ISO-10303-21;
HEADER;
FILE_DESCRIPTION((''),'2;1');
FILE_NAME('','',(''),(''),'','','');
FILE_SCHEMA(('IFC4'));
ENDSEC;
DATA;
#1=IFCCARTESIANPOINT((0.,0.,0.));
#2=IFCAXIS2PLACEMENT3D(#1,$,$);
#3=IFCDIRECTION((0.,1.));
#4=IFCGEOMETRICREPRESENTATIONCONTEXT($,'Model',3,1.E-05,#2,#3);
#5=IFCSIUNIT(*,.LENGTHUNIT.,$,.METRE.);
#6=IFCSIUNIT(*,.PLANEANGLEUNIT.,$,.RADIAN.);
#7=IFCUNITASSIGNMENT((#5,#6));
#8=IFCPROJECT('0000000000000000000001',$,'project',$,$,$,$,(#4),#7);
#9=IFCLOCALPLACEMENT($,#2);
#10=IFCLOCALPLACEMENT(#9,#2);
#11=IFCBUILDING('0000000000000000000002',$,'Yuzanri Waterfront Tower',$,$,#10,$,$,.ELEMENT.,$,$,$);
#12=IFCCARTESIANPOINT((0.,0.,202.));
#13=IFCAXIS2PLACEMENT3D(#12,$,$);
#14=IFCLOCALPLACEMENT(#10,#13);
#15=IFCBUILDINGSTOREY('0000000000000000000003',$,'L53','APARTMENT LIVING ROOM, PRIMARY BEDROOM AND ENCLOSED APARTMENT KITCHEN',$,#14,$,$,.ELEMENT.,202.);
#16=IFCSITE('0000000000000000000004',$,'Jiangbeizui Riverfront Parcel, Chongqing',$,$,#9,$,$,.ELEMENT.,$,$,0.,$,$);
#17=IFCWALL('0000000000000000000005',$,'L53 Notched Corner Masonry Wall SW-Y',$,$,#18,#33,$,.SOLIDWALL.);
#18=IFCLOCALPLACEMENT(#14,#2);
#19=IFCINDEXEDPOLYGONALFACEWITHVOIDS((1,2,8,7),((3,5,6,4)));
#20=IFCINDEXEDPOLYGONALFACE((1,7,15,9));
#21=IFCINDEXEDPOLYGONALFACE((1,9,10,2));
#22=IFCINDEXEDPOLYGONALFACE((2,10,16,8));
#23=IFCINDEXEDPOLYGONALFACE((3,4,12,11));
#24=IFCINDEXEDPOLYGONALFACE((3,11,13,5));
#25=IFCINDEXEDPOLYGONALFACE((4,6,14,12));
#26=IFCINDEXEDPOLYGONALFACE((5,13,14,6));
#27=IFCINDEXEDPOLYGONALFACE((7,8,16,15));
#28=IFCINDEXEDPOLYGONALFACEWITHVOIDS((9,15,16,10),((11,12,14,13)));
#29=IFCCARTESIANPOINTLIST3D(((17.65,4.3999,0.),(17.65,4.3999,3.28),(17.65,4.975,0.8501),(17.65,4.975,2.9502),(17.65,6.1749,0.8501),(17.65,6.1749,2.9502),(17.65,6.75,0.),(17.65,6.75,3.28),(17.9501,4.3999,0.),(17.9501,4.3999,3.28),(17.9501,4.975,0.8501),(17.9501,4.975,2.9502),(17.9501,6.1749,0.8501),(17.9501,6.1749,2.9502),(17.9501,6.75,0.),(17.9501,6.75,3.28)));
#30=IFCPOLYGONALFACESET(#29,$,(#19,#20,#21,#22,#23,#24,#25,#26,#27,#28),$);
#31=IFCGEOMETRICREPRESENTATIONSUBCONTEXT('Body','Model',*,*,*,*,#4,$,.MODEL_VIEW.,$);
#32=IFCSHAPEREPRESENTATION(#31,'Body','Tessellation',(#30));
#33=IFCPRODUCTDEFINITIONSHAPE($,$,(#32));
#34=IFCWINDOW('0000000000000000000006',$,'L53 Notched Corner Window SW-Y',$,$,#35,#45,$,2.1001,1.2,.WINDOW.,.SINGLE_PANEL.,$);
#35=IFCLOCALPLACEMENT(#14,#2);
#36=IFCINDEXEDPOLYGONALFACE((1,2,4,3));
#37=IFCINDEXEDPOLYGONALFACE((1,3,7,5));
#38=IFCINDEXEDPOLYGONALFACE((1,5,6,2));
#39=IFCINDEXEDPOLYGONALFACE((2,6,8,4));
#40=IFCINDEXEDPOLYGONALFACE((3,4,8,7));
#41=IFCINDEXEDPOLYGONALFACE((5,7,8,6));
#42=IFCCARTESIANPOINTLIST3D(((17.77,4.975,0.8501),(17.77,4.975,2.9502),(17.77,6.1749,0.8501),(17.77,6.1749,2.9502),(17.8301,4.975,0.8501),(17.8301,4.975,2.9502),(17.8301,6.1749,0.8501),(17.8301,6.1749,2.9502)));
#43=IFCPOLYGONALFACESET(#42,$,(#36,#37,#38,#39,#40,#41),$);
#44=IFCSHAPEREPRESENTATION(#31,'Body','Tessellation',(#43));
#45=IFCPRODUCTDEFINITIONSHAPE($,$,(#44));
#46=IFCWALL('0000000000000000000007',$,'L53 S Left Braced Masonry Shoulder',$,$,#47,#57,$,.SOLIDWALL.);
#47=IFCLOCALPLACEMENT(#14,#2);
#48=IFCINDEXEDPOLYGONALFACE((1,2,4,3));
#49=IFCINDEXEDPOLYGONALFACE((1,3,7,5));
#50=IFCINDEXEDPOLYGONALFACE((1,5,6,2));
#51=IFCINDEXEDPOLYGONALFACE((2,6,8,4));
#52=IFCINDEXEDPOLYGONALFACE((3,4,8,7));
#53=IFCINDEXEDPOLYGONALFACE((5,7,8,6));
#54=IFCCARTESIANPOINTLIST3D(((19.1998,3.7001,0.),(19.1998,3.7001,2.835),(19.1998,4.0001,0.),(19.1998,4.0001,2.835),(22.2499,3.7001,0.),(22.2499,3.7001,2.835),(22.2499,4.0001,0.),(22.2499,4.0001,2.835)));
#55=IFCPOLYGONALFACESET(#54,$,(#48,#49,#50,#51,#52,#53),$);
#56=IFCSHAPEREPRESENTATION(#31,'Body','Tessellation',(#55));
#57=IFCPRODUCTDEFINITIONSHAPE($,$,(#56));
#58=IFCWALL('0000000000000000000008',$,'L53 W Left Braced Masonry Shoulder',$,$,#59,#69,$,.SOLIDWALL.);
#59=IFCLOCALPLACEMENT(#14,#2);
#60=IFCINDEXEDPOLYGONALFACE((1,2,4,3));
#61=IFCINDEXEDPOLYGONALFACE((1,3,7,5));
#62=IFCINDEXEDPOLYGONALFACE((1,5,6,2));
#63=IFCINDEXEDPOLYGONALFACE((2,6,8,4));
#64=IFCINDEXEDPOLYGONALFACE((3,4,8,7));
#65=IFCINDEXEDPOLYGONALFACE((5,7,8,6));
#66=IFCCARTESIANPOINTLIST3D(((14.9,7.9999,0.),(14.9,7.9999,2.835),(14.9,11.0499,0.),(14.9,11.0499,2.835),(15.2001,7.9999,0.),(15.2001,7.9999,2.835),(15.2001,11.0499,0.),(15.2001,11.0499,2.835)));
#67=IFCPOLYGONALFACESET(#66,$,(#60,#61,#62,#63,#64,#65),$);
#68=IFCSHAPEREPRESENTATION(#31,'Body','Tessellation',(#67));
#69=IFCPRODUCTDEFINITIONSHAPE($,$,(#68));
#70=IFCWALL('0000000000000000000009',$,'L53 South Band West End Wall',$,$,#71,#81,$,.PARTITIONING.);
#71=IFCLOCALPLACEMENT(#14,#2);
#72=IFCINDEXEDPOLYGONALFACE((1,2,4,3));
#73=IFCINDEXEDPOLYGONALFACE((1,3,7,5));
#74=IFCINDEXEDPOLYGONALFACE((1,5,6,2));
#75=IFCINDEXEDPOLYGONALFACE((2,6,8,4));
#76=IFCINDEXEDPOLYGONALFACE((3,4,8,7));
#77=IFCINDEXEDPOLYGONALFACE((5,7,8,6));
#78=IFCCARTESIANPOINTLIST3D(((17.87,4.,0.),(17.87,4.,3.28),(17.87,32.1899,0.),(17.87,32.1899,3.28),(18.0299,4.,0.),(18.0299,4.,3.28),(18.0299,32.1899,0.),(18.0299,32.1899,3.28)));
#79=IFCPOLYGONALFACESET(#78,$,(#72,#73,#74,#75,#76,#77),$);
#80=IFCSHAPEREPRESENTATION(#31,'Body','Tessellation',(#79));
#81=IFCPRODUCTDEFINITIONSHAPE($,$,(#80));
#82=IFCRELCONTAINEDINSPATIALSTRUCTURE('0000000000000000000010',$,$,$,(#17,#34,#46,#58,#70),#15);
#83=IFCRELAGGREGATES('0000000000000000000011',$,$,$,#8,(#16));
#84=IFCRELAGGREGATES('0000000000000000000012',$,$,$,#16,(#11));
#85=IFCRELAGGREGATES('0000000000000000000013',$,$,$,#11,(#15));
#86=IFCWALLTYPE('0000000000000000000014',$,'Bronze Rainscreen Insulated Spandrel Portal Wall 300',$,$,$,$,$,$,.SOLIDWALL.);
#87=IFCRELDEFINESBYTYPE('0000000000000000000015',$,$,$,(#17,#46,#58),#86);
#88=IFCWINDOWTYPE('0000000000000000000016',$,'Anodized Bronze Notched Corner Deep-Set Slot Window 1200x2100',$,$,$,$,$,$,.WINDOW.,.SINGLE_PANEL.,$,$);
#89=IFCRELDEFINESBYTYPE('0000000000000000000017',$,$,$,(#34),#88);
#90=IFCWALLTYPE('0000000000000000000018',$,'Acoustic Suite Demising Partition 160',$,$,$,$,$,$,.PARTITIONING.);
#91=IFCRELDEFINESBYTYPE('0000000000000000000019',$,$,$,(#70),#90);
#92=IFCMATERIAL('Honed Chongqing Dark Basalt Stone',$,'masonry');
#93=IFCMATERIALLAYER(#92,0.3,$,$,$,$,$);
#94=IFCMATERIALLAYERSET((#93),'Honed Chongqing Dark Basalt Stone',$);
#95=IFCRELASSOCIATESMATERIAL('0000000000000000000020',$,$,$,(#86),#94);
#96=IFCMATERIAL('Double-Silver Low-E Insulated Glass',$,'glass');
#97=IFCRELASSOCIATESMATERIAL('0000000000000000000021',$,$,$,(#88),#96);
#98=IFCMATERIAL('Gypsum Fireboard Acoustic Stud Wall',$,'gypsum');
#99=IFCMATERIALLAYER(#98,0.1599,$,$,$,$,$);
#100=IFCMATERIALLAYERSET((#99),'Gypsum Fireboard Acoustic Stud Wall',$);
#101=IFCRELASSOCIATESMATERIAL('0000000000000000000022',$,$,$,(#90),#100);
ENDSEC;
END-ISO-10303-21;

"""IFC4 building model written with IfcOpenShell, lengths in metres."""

from ifc_helpers import new_model, si_unit, direction, frame, frame_2d, origin, place, context, subcontext, project, spatial, rectangle, extrude, source, transform, mapped, material, layer, layer_set, type_object, element, fill, save


model = new_model("IFC4")

# Units and contexts
model_context = context("Model", 3, precision=1e-05, world=origin(), true_north=direction((0.0, 1.0)))
body_context = subcontext(model_context, "Body", "Model", "MODEL_VIEW")
ifc_project = project(units=[si_unit("LENGTHUNIT", "METRE"), si_unit("PLANEANGLEUNIT", "RADIAN")], contexts=[model_context])

# Site, building, storey
site_placement = place(None, origin())
site = spatial("IfcSite", under=ifc_project, at=site_placement, Name="Jiangbeizui Riverfront Parcel, Chongqing", CompositionType="ELEMENT", RefElevation=0.0)
building_placement = place(site_placement, origin())
building = spatial("IfcBuilding", under=site, at=building_placement, Name="Yuzanri Waterfront Tower", CompositionType="ELEMENT")
storey_placement = place(building_placement, frame((0.0, 0.0, 202.0)))
storey = spatial("IfcBuildingStorey", under=building, at=storey_placement, Name="L53", Description="APARTMENT LIVING ROOM, PRIMARY BEDROOM AND ENCLOSED APARTMENT KITCHEN", CompositionType="ELEMENT", Elevation=202.0)

# Wall, opening, window
ifc_material_1 = material(Name="Honed Chongqing Dark Basalt Stone", Category="masonry")
ifc_layer_1 = layer(ifc_material_1, 0.3)
ifc_layer_set_1 = layer_set([ifc_layer_1], Name="Honed Chongqing Dark Basalt Stone")
wall_type_1 = type_object("IfcWallType", Name="Bronze Rainscreen Insulated Spandrel Portal Wall 300", PredefinedType="SOLIDWALL", material=ifc_layer_set_1)
wall_1_placement = place(storey_placement, frame((17.8, 6.75, 0.0), z_axis=(0.0, 0.0, 1.0), x_axis=(0.0, -1.0, 0.0)))
wall_1 = element("IfcWall", 1, at=wall_1_placement, inside=storey, type_object=wall_type_1, Name="L53 Notched Corner Masonry Wall SW-Y", PredefinedType="SOLIDWALL", context=body_context, shape_type="SweptSolid", body=[
    extrude(rectangle(XDim=2.3501, YDim=0.3, at=frame_2d((1.175, 0.0))), origin(), (0.0, 0.0, 1.0), 3.28),
])
opening_1_placement = place(wall_1_placement, frame((0.575, 0.0, 0.8501)))
opening_1 = element("IfcOpeningElement", 2, at=opening_1_placement, cuts=wall_1, PredefinedType="OPENING", context=body_context, shape_type="SweptSolid", body=[
    extrude(rectangle(XDim=1.2, YDim=2.1001, at=frame_2d((0.6001, 1.05))), frame((0.0, 0.165, 0.0), z_axis=(0.0, -1.0, 0.0), x_axis=(1.0, 0.0, 0.0)), (0.0, 0.0, 1.0), 0.3298),
])
ifc_material_2 = material(Name="Double-Silver Low-E Insulated Glass", Category="glass")
window_type_1 = type_object("IfcWindowType", Name="Anodized Bronze Notched Corner Deep-Set Slot Window 1200x2100", PartitioningType="SINGLE_PANEL", PredefinedType="WINDOW", material=ifc_material_2)
shared_shape_1 = source(origin(), body_context, "Body", "SweptSolid", [
    extrude(rectangle(XDim=1.2, YDim=2.1001, at=frame_2d((0.6001, 1.05))), frame((0.0, 0.03, 0.0), z_axis=(0.0, -1.0, 0.0), x_axis=(1.0, 0.0, 0.0)), (0.0, 0.0, 1.0), 0.0601),
])
window_1_placement = place(opening_1_placement, origin())
window_1 = element("IfcWindow", 3, at=window_1_placement, inside=storey, type_object=window_type_1, Name="L53 Notched Corner Window SW-Y", OverallHeight=2.1001, OverallWidth=1.2, PartitioningType="SINGLE_PANEL", PredefinedType="WINDOW", context=body_context, shape_type="MappedRepresentation", body=[
    mapped(shared_shape_1, transform((0.0, 0.0, 0.0), scale=1.0)),
])
fill(opening_1, window_1)

# Walls
shared_shape_2 = source(origin(), body_context, "Body", "SweptSolid", [
    extrude(rectangle(XDim=3.05, YDim=0.3, at=frame_2d((1.5249, 0.0))), origin(), (0.0, 0.0, 1.0), 2.835),
])
for number, where, z_axis, x_axis, name in (
    (4, (19.2, 3.8501, 0.0), (0.0, 0.0, 1.0), (1.0, 0.0, 0.0), "L53 S Left Braced Masonry Shoulder"),
    (5, (15.05, 8.0, 0.0), (0.0, 0.0, 1.0), (0.0, 1.0, 0.0), "L53 W Left Braced Masonry Shoulder"),
):
    element("IfcWall", number, at=place(storey_placement, frame(where, z_axis=z_axis, x_axis=x_axis)), inside=storey, type_object=wall_type_1, Name=name, PredefinedType="SOLIDWALL", context=body_context, shape_type="MappedRepresentation", body=[
        mapped(shared_shape_2, transform((0.0, 0.0, 0.0), scale=1.0)),
    ])
ifc_material_3 = material(Name="Gypsum Fireboard Acoustic Stud Wall", Category="gypsum")
ifc_layer_2 = layer(ifc_material_3, 0.1599)
ifc_layer_set_2 = layer_set([ifc_layer_2], Name="Gypsum Fireboard Acoustic Stud Wall")
wall_type_2 = type_object("IfcWallType", Name="Acoustic Suite Demising Partition 160", PredefinedType="PARTITIONING", material=ifc_layer_set_2)
shared_shape_3 = source(origin(), body_context, "Body", "SweptSolid", [
    extrude(rectangle(XDim=28.1899, YDim=0.1599, at=frame_2d((14.095, 0.0))), origin(), (0.0, 0.0, 1.0), 3.28),
])
wall_2_placement = place(storey_placement, frame((17.95, 4.0, 0.0), z_axis=(0.0, 0.0, 1.0), x_axis=(0.0, 1.0, 0.0)))
element("IfcWall", 6, at=wall_2_placement, inside=storey, type_object=wall_type_2, Name="L53 South Band West End Wall", PredefinedType="PARTITIONING", context=body_context, shape_type="MappedRepresentation", body=[
    mapped(shared_shape_3, transform((0.0, 0.0, 0.0), scale=1.0)),
])

save(model, "model.ifc")
